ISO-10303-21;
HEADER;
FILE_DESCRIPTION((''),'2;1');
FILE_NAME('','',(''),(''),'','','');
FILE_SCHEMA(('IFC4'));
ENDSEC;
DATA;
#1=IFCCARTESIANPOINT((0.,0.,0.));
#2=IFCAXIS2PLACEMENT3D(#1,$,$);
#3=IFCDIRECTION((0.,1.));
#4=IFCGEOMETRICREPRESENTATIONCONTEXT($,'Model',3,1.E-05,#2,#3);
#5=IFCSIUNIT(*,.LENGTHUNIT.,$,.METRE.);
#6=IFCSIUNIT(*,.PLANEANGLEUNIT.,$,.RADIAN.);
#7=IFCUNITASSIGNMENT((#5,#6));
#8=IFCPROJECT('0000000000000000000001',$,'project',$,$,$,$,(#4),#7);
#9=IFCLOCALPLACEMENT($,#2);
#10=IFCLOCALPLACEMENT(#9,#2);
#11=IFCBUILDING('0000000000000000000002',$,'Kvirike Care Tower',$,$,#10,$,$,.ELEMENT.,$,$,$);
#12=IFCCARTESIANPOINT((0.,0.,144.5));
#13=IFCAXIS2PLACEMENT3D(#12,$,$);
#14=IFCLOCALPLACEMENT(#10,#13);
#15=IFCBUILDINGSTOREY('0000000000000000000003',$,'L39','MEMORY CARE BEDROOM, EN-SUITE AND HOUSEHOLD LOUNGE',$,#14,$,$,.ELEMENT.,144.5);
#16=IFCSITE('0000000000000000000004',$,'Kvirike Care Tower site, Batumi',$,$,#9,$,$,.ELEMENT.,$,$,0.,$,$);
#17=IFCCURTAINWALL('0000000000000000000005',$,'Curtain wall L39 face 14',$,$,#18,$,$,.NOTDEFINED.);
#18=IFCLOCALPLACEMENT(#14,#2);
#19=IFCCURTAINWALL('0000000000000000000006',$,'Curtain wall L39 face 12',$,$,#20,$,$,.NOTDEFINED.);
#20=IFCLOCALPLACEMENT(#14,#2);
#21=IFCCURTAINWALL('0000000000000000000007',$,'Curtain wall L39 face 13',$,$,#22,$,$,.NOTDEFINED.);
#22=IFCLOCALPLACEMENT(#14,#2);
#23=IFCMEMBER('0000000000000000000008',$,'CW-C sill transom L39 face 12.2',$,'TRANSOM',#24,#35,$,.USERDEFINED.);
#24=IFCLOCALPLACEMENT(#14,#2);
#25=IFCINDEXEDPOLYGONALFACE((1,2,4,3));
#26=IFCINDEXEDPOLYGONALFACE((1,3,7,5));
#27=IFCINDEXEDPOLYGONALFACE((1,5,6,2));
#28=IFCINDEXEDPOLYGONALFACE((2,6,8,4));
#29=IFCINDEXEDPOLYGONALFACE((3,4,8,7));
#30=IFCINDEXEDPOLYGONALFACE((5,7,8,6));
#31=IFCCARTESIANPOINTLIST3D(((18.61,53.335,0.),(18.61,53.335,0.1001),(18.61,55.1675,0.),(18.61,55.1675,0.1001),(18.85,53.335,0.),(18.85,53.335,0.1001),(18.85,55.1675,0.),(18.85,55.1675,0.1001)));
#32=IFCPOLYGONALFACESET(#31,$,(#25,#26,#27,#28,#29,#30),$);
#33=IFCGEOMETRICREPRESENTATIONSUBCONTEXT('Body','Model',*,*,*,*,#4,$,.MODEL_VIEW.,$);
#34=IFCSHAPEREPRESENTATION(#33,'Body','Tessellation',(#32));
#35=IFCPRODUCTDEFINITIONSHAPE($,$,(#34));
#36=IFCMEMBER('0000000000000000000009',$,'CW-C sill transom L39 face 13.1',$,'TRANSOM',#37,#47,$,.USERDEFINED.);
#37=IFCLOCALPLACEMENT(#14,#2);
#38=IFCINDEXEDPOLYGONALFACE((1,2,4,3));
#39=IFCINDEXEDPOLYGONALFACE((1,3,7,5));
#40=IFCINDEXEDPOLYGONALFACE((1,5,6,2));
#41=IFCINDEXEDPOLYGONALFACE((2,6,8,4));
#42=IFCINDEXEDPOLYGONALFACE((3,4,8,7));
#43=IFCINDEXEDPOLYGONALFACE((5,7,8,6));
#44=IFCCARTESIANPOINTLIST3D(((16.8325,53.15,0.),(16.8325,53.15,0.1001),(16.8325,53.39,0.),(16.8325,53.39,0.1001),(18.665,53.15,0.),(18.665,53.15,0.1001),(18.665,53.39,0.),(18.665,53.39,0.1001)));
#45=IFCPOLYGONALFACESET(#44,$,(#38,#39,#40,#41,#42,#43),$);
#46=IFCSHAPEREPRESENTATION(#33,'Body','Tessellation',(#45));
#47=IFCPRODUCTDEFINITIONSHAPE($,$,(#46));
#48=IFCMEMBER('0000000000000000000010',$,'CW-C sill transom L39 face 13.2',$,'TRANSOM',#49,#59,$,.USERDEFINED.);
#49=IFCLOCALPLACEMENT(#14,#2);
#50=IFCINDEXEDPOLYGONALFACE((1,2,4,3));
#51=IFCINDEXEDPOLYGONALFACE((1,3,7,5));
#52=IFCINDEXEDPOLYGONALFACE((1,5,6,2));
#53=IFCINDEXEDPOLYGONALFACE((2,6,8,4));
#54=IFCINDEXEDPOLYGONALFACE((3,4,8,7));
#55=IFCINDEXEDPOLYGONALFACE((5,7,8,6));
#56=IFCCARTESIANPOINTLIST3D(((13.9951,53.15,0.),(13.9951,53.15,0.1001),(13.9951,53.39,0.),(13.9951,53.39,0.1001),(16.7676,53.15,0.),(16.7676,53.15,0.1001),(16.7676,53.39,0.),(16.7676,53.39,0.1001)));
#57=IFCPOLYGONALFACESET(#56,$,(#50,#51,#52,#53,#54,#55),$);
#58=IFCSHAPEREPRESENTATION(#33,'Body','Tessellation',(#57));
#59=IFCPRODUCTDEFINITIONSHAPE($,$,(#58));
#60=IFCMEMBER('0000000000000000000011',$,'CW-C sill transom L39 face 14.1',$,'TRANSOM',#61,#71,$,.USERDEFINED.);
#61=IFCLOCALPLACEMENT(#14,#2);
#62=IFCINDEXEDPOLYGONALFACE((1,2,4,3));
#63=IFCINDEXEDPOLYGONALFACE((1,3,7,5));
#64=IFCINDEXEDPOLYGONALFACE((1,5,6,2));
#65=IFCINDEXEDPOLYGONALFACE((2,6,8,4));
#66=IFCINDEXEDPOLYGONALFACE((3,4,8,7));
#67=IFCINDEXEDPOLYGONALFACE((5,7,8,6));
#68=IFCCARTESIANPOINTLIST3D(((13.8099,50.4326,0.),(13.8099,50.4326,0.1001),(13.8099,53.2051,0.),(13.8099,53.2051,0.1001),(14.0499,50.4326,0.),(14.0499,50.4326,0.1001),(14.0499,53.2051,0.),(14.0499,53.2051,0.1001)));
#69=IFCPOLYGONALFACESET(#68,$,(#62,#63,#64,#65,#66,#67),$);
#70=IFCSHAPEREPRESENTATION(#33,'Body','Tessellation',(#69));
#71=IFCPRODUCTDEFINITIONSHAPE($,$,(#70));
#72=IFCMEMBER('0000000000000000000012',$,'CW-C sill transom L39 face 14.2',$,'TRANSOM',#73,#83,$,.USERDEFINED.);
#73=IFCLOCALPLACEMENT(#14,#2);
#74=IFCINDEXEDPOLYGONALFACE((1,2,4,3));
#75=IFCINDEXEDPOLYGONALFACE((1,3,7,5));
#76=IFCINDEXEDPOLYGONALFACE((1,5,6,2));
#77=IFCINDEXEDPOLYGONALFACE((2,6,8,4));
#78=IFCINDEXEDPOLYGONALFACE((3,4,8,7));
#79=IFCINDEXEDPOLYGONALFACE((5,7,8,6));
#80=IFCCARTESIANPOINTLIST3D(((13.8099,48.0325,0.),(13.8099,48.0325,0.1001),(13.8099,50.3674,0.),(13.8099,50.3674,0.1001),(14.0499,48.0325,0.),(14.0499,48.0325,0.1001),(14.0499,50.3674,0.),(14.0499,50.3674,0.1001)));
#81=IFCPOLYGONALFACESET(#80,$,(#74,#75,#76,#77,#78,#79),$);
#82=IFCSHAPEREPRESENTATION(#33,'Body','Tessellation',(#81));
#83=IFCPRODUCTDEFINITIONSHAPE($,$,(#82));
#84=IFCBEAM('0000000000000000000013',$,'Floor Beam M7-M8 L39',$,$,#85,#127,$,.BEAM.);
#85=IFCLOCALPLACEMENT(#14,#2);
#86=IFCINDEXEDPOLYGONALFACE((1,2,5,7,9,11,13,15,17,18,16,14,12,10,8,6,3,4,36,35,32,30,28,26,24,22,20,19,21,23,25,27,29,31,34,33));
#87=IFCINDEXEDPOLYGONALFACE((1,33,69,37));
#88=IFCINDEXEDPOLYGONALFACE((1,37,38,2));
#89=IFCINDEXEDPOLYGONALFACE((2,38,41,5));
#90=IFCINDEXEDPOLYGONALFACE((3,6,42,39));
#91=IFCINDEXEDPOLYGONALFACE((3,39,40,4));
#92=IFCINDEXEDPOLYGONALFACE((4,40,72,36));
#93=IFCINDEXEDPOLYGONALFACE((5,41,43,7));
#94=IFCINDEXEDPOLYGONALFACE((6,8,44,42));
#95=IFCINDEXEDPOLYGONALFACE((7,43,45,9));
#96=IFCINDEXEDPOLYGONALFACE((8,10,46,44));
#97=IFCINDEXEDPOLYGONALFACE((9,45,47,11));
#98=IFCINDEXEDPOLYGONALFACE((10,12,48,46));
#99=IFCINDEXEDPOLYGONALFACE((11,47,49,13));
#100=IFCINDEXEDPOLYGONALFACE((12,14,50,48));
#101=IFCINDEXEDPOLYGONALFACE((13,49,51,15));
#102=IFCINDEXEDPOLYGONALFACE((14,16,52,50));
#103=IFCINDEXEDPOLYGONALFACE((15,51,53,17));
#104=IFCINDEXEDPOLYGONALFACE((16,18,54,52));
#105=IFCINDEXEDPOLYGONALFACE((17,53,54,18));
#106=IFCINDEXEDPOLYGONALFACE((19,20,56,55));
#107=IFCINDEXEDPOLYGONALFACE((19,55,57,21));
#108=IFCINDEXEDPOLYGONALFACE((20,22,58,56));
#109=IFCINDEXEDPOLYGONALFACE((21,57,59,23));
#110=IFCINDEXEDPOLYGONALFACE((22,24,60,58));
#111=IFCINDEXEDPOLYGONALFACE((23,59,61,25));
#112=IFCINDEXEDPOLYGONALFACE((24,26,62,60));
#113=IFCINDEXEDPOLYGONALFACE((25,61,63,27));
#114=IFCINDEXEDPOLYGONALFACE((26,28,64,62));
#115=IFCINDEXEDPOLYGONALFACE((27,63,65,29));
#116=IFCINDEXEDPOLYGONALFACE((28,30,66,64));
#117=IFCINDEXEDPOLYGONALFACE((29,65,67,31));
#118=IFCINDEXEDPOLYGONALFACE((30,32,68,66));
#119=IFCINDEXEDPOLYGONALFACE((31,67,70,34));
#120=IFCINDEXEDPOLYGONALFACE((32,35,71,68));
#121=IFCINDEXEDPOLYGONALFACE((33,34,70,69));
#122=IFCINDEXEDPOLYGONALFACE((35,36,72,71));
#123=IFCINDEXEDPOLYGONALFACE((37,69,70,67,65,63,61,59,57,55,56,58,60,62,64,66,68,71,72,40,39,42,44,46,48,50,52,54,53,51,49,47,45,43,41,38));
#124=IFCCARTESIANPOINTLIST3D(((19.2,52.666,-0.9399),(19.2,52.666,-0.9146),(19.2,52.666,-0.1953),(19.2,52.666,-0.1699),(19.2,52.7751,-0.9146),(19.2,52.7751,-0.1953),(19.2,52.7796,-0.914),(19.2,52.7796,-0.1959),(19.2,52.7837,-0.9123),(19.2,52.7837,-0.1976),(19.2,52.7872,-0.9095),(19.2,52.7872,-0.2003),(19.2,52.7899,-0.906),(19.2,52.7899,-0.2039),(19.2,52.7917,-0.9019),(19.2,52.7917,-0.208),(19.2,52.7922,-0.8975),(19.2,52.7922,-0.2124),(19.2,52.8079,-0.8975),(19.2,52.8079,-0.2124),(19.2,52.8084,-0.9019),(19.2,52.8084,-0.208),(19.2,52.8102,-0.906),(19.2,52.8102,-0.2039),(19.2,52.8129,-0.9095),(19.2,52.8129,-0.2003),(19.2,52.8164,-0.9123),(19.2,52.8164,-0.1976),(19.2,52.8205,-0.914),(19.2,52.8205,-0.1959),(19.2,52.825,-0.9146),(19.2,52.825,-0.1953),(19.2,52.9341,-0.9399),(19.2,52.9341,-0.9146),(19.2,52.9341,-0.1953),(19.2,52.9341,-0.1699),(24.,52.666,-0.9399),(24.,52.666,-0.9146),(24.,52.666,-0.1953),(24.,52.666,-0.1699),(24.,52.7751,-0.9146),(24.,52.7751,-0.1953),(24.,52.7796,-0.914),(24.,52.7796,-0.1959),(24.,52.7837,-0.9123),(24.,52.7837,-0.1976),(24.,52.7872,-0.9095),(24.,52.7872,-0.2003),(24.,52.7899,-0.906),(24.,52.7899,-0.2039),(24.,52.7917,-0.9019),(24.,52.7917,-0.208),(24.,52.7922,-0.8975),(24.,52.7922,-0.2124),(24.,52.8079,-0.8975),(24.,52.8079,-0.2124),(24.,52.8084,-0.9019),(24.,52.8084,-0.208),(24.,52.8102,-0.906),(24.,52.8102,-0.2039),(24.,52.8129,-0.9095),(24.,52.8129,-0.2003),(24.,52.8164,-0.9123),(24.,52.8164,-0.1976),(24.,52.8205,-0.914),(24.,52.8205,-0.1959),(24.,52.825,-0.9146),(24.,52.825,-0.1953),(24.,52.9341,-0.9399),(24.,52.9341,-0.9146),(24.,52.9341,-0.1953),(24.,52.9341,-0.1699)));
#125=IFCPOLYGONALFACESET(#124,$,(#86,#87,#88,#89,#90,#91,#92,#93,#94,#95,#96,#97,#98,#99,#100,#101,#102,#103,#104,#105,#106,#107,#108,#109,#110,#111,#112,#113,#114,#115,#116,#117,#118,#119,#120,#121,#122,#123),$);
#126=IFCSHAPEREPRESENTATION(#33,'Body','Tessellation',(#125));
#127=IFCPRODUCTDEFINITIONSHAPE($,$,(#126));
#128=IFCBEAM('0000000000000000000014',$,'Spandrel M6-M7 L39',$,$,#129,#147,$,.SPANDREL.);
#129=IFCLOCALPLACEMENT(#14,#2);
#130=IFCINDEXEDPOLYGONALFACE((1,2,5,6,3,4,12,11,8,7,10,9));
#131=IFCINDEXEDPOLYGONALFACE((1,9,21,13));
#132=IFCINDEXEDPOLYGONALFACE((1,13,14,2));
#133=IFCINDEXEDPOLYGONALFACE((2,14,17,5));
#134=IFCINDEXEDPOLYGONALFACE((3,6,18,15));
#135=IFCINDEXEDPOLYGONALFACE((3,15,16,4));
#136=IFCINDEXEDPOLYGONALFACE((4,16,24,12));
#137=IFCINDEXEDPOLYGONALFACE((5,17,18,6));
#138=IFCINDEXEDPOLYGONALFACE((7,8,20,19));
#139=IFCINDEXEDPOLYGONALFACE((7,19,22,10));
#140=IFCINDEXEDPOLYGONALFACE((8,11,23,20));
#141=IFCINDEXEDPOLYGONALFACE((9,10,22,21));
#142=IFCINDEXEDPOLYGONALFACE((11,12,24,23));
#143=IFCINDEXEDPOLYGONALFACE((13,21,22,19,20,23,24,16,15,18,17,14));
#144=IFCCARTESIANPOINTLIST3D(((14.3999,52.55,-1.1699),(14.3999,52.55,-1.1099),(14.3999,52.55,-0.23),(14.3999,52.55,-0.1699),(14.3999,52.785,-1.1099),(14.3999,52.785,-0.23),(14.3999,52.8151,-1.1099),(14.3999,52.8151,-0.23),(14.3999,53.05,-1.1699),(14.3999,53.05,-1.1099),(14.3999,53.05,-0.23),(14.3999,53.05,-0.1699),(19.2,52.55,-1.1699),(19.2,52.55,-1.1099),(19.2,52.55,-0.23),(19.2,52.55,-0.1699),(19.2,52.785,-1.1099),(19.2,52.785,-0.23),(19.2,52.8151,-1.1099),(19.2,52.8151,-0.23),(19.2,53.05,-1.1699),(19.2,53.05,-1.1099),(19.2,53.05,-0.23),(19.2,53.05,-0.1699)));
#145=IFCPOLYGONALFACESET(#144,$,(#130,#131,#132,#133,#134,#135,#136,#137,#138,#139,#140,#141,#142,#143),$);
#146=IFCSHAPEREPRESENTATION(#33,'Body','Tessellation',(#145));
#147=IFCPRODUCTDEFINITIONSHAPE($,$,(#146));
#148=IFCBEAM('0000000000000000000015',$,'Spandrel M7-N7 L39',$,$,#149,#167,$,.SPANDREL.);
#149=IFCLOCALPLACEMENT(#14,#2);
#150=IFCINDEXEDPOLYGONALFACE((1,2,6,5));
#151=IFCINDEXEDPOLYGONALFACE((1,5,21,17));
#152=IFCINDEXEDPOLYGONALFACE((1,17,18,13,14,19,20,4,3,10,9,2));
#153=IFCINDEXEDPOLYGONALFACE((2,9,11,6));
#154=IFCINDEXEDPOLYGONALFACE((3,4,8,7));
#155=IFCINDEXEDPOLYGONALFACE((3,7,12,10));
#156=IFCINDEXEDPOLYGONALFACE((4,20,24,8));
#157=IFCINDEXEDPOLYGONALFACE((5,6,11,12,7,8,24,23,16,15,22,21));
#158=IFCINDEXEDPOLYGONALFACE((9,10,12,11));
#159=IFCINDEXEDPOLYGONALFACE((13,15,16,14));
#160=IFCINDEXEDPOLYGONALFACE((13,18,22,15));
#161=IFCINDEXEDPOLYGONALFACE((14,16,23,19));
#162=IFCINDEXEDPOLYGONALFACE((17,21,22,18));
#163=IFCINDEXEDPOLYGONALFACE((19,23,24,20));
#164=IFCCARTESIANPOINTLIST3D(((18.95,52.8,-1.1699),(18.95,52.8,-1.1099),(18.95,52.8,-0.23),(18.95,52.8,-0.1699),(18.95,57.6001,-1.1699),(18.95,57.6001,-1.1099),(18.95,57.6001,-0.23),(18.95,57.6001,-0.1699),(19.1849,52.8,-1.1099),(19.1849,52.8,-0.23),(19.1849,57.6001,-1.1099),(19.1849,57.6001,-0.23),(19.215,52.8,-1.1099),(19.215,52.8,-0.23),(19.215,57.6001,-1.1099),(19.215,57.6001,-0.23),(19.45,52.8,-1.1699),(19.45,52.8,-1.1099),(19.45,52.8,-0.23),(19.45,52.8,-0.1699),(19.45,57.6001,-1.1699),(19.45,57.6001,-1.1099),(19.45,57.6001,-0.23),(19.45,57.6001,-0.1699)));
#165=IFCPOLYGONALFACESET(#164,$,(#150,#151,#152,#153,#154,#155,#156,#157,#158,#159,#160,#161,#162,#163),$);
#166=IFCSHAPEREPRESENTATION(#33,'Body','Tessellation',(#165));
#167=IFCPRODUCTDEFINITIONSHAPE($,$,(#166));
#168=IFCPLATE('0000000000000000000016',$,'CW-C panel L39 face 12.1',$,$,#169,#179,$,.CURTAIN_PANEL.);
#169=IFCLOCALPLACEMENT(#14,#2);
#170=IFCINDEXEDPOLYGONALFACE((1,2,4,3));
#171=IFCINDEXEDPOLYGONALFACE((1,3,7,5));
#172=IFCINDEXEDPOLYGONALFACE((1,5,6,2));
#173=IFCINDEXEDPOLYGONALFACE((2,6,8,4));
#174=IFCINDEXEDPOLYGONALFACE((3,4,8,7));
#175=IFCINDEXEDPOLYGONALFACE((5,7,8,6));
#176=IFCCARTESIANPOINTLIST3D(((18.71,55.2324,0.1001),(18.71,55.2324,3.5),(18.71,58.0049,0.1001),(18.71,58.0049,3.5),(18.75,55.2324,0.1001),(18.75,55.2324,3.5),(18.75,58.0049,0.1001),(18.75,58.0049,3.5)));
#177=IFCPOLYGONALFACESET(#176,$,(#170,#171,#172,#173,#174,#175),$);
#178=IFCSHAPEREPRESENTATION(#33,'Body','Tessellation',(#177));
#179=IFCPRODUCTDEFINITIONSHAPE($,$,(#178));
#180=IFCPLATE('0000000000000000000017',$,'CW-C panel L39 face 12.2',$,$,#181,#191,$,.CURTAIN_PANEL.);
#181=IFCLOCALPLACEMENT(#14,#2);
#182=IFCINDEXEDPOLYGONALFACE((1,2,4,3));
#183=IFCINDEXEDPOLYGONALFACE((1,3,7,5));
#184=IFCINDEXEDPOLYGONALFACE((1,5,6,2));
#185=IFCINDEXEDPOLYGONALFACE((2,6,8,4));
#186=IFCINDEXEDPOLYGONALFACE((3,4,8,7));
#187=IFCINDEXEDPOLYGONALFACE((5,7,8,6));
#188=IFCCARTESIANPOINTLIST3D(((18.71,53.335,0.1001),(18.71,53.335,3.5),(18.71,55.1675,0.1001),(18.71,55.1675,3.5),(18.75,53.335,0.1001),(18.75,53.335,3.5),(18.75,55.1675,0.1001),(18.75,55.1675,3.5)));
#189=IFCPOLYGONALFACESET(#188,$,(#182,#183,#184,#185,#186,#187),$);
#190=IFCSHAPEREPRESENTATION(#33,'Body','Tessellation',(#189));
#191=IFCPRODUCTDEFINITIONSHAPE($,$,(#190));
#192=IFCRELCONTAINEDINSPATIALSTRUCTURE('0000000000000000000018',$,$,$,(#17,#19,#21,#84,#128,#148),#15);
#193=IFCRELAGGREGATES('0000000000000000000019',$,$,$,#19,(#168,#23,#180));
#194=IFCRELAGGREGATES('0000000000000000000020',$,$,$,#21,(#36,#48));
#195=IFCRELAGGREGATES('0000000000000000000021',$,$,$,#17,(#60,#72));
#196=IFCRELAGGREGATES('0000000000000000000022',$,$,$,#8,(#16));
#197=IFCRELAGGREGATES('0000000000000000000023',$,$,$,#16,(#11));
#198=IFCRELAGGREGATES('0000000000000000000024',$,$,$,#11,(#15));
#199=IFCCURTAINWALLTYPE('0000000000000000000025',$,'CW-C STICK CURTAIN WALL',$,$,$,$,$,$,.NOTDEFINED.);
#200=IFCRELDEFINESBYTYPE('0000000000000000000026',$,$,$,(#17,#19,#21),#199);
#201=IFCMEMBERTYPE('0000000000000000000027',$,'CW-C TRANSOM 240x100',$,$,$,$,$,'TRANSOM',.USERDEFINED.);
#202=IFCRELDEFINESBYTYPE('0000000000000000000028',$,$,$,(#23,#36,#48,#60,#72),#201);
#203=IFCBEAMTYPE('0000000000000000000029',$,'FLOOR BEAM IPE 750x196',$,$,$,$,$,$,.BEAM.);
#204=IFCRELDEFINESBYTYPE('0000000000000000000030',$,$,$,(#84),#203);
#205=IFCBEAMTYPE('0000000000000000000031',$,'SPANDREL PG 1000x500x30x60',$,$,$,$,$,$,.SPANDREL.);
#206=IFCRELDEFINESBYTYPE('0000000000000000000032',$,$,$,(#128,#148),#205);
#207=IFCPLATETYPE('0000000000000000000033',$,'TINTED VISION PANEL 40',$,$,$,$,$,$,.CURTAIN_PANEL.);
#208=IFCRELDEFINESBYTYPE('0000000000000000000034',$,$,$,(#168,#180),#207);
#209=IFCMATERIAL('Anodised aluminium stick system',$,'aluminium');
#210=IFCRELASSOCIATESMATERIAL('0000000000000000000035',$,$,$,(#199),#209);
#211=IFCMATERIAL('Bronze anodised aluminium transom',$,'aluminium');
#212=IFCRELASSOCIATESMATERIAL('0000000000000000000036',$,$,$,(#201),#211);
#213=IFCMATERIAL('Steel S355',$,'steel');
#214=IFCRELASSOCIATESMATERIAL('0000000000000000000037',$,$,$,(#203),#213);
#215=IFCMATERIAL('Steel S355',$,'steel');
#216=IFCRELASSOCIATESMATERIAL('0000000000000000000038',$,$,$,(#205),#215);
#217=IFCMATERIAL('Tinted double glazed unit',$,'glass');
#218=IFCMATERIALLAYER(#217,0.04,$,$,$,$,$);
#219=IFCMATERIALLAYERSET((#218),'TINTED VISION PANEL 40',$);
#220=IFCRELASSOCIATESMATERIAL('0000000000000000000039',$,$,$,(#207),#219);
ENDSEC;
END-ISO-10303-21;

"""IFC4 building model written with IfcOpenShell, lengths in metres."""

from ifc_helpers import new_model, si_unit, direction, frame, origin, origin_2d, place, context, subcontext, project, spatial, rectangle, i_section, extrude, material, layer, layer_set, material_profile, profile_set, type_object, element, aggregate, save


model = new_model("IFC4")

# Units and contexts
model_context = context("Model", 3, precision=1e-05, world=origin(), true_north=direction((0.0, 1.0)))
body_context = subcontext(model_context, "Body", "Model", "MODEL_VIEW")
ifc_project = project(units=[si_unit("LENGTHUNIT", "METRE"), si_unit("PLANEANGLEUNIT", "RADIAN")], contexts=[model_context])

# Site, building, storey
site_placement = place(None, origin())
site = spatial("IfcSite", under=ifc_project, at=site_placement, Name="Kvirike Care Tower site, Batumi", CompositionType="ELEMENT", RefElevation=0.0)
building_placement = place(site_placement, origin())
building = spatial("IfcBuilding", under=site, at=building_placement, Name="Kvirike Care Tower", CompositionType="ELEMENT")
storey_placement = place(building_placement, frame((0.0, 0.0, 144.5)))
storey = spatial("IfcBuildingStorey", under=building, at=storey_placement, Name="L39", Description="MEMORY CARE BEDROOM, EN-SUITE AND HOUSEHOLD LOUNGE", CompositionType="ELEMENT", Elevation=144.5)

# Curtain wall
ifc_material_1 = material(Name="Anodised aluminium stick system", Category="aluminium")
curtain_wall_type = type_object("IfcCurtainWallType", Name="CW-C STICK CURTAIN WALL", PredefinedType="NOTDEFINED", material=ifc_material_1)
curtain_wall_1_placement = place(storey_placement, origin())
curtain_wall_1 = element("IfcCurtainWall", 1, at=curtain_wall_1_placement, inside=storey, type_object=curtain_wall_type, Name="Curtain wall L39 face 14", PredefinedType="NOTDEFINED")

# Curtain walls
curtain_wall_2_placement = place(storey_placement, origin())
curtain_wall_2 = element("IfcCurtainWall", 2, at=curtain_wall_2_placement, inside=storey, type_object=curtain_wall_type, Name="Curtain wall L39 face 12", PredefinedType="NOTDEFINED")
curtain_wall_3_placement = place(storey_placement, origin())
curtain_wall_3 = element("IfcCurtainWall", 3, at=curtain_wall_3_placement, inside=storey, type_object=curtain_wall_type, Name="Curtain wall L39 face 13", PredefinedType="NOTDEFINED")

# Members
ifc_material_2 = material(Name="Bronze anodised aluminium transom", Category="aluminium")
ifc_material_profile_1 = material_profile(ifc_material_2, rectangle(XDim=0.24, YDim=0.1001, at=origin_2d()), Name="CW-C TRANSOM 240x100")
ifc_profile_set_1 = profile_set([ifc_material_profile_1], Name="Bronze anodised aluminium transom")
member_type_1 = type_object("IfcMemberType", Name="CW-C TRANSOM 240x100", ElementType="TRANSOM", PredefinedType="USERDEFINED", material=ifc_profile_set_1)
member_1_placement = place(storey_placement, frame((18.73, 55.1675, 0.05), z_axis=(0.0, -1.0, 0.0), x_axis=(1.0, 0.0, 0.0)))
member_1 = element("IfcMember", 4, at=member_1_placement, type_object=member_type_1, Name="CW-C sill transom L39 face 12.2", ObjectType="TRANSOM", PredefinedType="USERDEFINED", context=body_context, shape_type="SweptSolid", body=[
    extrude(rectangle(XDim=0.24, YDim=0.1001, at=origin_2d()), origin(), (0.0, 0.0, 1.0), 1.8325),
])
member_2_placement = place(storey_placement, frame((18.665, 53.27, 0.05), z_axis=(-1.0, 0.0, 0.0), x_axis=(0.0, -1.0, 0.0)))
member_2 = element("IfcMember", 5, at=member_2_placement, type_object=member_type_1, Name="CW-C sill transom L39 face 13.1", ObjectType="TRANSOM", PredefinedType="USERDEFINED", context=body_context, shape_type="SweptSolid", body=[
    extrude(rectangle(XDim=0.24, YDim=0.1001, at=origin_2d()), origin(), (0.0, 0.0, 1.0), 1.8325),
])
member_3_placement = place(storey_placement, frame((16.7676, 53.27, 0.05), z_axis=(-1.0, 0.0, 0.0), x_axis=(0.0, -1.0, 0.0)))
member_3 = element("IfcMember", 6, at=member_3_placement, type_object=member_type_1, Name="CW-C sill transom L39 face 13.2", ObjectType="TRANSOM", PredefinedType="USERDEFINED", context=body_context, shape_type="SweptSolid", body=[
    extrude(rectangle(XDim=0.24, YDim=0.1001, at=origin_2d()), origin(), (0.0, 0.0, 1.0), 2.7725),
])
member_4_placement = place(storey_placement, frame((13.9299, 53.2051, 0.05), z_axis=(0.0, -1.0, 0.0), x_axis=(1.0, 0.0, 0.0)))
member_4 = element("IfcMember", 7, at=member_4_placement, type_object=member_type_1, Name="CW-C sill transom L39 face 14.1", ObjectType="TRANSOM", PredefinedType="USERDEFINED", context=body_context, shape_type="SweptSolid", body=[
    extrude(rectangle(XDim=0.24, YDim=0.1001, at=origin_2d()), origin(), (0.0, 0.0, 1.0), 2.7725),
])
member_5_placement = place(storey_placement, frame((13.9299, 50.3674, 0.05), z_axis=(0.0, -1.0, 0.0), x_axis=(1.0, 0.0, 0.0)))
member_5 = element("IfcMember", 8, at=member_5_placement, type_object=member_type_1, Name="CW-C sill transom L39 face 14.2", ObjectType="TRANSOM", PredefinedType="USERDEFINED", context=body_context, shape_type="SweptSolid", body=[
    extrude(rectangle(XDim=0.24, YDim=0.1001, at=origin_2d()), origin(), (0.0, 0.0, 1.0), 2.335),
])

# Beams
ifc_material_3 = material(Name="Steel S355", Category="steel")
ifc_material_profile_2 = material_profile(ifc_material_3, i_section(OverallWidth=0.2681, OverallDepth=0.77, WebThickness=0.0156, FlangeThickness=0.0254, FilletRadius=0.0171, at=origin_2d()), Name="IPE 750x196")
ifc_profile_set_2 = profile_set([ifc_material_profile_2], Name="Steel S355")
beam_type_1 = type_object("IfcBeamType", Name="FLOOR BEAM IPE 750x196", PredefinedType="BEAM", material=ifc_profile_set_2)
beam_placement = place(storey_placement, frame((19.2, 52.8, -0.5549), z_axis=(1.0, 0.0, 0.0), x_axis=(0.0, 1.0, 0.0)))
element("IfcBeam", 9, at=beam_placement, inside=storey, type_object=beam_type_1, Name="Floor Beam M7-M8 L39", PredefinedType="BEAM", context=body_context, shape_type="SweptSolid", body=[
    extrude(i_section(OverallWidth=0.2681, OverallDepth=0.77, WebThickness=0.0156, FlangeThickness=0.0254, FilletRadius=0.0171, at=origin_2d()), origin(), (0.0, 0.0, 1.0), 4.8),
])
ifc_material_4 = material(Name="Steel S355", Category="steel")
ifc_material_profile_3 = material_profile(ifc_material_4, i_section(OverallWidth=0.5, OverallDepth=1.0, WebThickness=0.03, FlangeThickness=0.0601, at=origin_2d()), Name="PG 1000x500x30x60")
ifc_profile_set_3 = profile_set([ifc_material_profile_3], Name="Steel S355")
beam_type_2 = type_object("IfcBeamType", Name="SPANDREL PG 1000x500x30x60", PredefinedType="SPANDREL", material=ifc_profile_set_3)
for number, where, z_axis, x_axis, name in (
    (10, (14.3999, 52.8, -0.6699), (1.0, 0.0, 0.0), (0.0, 1.0, 0.0), "Spandrel M6-M7 L39"),
    (11, (19.2, 52.8, -0.6699), (0.0, 1.0, 0.0), (-1.0, 0.0, 0.0), "Spandrel M7-N7 L39"),
):
    element("IfcBeam", number, at=place(storey_placement, frame(where, z_axis=z_axis, x_axis=x_axis)), inside=storey, type_object=beam_type_2, Name=name, PredefinedType="SPANDREL", context=body_context, shape_type="SweptSolid", body=[
        extrude(i_section(OverallWidth=0.5, OverallDepth=1.0, WebThickness=0.03, FlangeThickness=0.0601, at=origin_2d()), origin(), (0.0, 0.0, 1.0), 4.8),
    ])

# Plates
ifc_material_5 = material(Name="Tinted double glazed unit", Category="glass")
ifc_layer_1 = layer(ifc_material_5, 0.04)
ifc_layer_set_1 = layer_set([ifc_layer_1], Name="TINTED VISION PANEL 40")
plate_type = type_object("IfcPlateType", Name="TINTED VISION PANEL 40", PredefinedType="CURTAIN_PANEL", material=ifc_layer_set_1)
plate_1_placement = place(storey_placement, frame((18.73, 56.6187, 0.1001), z_axis=(0.0, 0.0, 1.0), x_axis=(0.0, -1.0, 0.0)))
plate_1 = element("IfcPlate", 12, at=plate_1_placement, type_object=plate_type, Name="CW-C panel L39 face 12.1", PredefinedType="CURTAIN_PANEL", context=body_context, shape_type="SweptSolid", body=[
    extrude(rectangle(XDim=2.7725, YDim=0.04, at=origin_2d()), origin(), (0.0, 0.0, 1.0), 3.3999),
])
plate_2_placement = place(storey_placement, frame((18.73, 54.2512, 0.1001), z_axis=(0.0, 0.0, 1.0), x_axis=(0.0, -1.0, 0.0)))
plate_2 = element("IfcPlate", 13, at=plate_2_placement, type_object=plate_type, Name="CW-C panel L39 face 12.2", PredefinedType="CURTAIN_PANEL", context=body_context, shape_type="SweptSolid", body=[
    extrude(rectangle(XDim=1.8325, YDim=0.04, at=origin_2d()), origin(), (0.0, 0.0, 1.0), 3.3999),
])
aggregate(curtain_wall_2, [plate_1, member_1, plate_2])
aggregate(curtain_wall_3, [member_2, member_3])
aggregate(curtain_wall_1, [member_4, member_5])

save(model, "model.ifc")
